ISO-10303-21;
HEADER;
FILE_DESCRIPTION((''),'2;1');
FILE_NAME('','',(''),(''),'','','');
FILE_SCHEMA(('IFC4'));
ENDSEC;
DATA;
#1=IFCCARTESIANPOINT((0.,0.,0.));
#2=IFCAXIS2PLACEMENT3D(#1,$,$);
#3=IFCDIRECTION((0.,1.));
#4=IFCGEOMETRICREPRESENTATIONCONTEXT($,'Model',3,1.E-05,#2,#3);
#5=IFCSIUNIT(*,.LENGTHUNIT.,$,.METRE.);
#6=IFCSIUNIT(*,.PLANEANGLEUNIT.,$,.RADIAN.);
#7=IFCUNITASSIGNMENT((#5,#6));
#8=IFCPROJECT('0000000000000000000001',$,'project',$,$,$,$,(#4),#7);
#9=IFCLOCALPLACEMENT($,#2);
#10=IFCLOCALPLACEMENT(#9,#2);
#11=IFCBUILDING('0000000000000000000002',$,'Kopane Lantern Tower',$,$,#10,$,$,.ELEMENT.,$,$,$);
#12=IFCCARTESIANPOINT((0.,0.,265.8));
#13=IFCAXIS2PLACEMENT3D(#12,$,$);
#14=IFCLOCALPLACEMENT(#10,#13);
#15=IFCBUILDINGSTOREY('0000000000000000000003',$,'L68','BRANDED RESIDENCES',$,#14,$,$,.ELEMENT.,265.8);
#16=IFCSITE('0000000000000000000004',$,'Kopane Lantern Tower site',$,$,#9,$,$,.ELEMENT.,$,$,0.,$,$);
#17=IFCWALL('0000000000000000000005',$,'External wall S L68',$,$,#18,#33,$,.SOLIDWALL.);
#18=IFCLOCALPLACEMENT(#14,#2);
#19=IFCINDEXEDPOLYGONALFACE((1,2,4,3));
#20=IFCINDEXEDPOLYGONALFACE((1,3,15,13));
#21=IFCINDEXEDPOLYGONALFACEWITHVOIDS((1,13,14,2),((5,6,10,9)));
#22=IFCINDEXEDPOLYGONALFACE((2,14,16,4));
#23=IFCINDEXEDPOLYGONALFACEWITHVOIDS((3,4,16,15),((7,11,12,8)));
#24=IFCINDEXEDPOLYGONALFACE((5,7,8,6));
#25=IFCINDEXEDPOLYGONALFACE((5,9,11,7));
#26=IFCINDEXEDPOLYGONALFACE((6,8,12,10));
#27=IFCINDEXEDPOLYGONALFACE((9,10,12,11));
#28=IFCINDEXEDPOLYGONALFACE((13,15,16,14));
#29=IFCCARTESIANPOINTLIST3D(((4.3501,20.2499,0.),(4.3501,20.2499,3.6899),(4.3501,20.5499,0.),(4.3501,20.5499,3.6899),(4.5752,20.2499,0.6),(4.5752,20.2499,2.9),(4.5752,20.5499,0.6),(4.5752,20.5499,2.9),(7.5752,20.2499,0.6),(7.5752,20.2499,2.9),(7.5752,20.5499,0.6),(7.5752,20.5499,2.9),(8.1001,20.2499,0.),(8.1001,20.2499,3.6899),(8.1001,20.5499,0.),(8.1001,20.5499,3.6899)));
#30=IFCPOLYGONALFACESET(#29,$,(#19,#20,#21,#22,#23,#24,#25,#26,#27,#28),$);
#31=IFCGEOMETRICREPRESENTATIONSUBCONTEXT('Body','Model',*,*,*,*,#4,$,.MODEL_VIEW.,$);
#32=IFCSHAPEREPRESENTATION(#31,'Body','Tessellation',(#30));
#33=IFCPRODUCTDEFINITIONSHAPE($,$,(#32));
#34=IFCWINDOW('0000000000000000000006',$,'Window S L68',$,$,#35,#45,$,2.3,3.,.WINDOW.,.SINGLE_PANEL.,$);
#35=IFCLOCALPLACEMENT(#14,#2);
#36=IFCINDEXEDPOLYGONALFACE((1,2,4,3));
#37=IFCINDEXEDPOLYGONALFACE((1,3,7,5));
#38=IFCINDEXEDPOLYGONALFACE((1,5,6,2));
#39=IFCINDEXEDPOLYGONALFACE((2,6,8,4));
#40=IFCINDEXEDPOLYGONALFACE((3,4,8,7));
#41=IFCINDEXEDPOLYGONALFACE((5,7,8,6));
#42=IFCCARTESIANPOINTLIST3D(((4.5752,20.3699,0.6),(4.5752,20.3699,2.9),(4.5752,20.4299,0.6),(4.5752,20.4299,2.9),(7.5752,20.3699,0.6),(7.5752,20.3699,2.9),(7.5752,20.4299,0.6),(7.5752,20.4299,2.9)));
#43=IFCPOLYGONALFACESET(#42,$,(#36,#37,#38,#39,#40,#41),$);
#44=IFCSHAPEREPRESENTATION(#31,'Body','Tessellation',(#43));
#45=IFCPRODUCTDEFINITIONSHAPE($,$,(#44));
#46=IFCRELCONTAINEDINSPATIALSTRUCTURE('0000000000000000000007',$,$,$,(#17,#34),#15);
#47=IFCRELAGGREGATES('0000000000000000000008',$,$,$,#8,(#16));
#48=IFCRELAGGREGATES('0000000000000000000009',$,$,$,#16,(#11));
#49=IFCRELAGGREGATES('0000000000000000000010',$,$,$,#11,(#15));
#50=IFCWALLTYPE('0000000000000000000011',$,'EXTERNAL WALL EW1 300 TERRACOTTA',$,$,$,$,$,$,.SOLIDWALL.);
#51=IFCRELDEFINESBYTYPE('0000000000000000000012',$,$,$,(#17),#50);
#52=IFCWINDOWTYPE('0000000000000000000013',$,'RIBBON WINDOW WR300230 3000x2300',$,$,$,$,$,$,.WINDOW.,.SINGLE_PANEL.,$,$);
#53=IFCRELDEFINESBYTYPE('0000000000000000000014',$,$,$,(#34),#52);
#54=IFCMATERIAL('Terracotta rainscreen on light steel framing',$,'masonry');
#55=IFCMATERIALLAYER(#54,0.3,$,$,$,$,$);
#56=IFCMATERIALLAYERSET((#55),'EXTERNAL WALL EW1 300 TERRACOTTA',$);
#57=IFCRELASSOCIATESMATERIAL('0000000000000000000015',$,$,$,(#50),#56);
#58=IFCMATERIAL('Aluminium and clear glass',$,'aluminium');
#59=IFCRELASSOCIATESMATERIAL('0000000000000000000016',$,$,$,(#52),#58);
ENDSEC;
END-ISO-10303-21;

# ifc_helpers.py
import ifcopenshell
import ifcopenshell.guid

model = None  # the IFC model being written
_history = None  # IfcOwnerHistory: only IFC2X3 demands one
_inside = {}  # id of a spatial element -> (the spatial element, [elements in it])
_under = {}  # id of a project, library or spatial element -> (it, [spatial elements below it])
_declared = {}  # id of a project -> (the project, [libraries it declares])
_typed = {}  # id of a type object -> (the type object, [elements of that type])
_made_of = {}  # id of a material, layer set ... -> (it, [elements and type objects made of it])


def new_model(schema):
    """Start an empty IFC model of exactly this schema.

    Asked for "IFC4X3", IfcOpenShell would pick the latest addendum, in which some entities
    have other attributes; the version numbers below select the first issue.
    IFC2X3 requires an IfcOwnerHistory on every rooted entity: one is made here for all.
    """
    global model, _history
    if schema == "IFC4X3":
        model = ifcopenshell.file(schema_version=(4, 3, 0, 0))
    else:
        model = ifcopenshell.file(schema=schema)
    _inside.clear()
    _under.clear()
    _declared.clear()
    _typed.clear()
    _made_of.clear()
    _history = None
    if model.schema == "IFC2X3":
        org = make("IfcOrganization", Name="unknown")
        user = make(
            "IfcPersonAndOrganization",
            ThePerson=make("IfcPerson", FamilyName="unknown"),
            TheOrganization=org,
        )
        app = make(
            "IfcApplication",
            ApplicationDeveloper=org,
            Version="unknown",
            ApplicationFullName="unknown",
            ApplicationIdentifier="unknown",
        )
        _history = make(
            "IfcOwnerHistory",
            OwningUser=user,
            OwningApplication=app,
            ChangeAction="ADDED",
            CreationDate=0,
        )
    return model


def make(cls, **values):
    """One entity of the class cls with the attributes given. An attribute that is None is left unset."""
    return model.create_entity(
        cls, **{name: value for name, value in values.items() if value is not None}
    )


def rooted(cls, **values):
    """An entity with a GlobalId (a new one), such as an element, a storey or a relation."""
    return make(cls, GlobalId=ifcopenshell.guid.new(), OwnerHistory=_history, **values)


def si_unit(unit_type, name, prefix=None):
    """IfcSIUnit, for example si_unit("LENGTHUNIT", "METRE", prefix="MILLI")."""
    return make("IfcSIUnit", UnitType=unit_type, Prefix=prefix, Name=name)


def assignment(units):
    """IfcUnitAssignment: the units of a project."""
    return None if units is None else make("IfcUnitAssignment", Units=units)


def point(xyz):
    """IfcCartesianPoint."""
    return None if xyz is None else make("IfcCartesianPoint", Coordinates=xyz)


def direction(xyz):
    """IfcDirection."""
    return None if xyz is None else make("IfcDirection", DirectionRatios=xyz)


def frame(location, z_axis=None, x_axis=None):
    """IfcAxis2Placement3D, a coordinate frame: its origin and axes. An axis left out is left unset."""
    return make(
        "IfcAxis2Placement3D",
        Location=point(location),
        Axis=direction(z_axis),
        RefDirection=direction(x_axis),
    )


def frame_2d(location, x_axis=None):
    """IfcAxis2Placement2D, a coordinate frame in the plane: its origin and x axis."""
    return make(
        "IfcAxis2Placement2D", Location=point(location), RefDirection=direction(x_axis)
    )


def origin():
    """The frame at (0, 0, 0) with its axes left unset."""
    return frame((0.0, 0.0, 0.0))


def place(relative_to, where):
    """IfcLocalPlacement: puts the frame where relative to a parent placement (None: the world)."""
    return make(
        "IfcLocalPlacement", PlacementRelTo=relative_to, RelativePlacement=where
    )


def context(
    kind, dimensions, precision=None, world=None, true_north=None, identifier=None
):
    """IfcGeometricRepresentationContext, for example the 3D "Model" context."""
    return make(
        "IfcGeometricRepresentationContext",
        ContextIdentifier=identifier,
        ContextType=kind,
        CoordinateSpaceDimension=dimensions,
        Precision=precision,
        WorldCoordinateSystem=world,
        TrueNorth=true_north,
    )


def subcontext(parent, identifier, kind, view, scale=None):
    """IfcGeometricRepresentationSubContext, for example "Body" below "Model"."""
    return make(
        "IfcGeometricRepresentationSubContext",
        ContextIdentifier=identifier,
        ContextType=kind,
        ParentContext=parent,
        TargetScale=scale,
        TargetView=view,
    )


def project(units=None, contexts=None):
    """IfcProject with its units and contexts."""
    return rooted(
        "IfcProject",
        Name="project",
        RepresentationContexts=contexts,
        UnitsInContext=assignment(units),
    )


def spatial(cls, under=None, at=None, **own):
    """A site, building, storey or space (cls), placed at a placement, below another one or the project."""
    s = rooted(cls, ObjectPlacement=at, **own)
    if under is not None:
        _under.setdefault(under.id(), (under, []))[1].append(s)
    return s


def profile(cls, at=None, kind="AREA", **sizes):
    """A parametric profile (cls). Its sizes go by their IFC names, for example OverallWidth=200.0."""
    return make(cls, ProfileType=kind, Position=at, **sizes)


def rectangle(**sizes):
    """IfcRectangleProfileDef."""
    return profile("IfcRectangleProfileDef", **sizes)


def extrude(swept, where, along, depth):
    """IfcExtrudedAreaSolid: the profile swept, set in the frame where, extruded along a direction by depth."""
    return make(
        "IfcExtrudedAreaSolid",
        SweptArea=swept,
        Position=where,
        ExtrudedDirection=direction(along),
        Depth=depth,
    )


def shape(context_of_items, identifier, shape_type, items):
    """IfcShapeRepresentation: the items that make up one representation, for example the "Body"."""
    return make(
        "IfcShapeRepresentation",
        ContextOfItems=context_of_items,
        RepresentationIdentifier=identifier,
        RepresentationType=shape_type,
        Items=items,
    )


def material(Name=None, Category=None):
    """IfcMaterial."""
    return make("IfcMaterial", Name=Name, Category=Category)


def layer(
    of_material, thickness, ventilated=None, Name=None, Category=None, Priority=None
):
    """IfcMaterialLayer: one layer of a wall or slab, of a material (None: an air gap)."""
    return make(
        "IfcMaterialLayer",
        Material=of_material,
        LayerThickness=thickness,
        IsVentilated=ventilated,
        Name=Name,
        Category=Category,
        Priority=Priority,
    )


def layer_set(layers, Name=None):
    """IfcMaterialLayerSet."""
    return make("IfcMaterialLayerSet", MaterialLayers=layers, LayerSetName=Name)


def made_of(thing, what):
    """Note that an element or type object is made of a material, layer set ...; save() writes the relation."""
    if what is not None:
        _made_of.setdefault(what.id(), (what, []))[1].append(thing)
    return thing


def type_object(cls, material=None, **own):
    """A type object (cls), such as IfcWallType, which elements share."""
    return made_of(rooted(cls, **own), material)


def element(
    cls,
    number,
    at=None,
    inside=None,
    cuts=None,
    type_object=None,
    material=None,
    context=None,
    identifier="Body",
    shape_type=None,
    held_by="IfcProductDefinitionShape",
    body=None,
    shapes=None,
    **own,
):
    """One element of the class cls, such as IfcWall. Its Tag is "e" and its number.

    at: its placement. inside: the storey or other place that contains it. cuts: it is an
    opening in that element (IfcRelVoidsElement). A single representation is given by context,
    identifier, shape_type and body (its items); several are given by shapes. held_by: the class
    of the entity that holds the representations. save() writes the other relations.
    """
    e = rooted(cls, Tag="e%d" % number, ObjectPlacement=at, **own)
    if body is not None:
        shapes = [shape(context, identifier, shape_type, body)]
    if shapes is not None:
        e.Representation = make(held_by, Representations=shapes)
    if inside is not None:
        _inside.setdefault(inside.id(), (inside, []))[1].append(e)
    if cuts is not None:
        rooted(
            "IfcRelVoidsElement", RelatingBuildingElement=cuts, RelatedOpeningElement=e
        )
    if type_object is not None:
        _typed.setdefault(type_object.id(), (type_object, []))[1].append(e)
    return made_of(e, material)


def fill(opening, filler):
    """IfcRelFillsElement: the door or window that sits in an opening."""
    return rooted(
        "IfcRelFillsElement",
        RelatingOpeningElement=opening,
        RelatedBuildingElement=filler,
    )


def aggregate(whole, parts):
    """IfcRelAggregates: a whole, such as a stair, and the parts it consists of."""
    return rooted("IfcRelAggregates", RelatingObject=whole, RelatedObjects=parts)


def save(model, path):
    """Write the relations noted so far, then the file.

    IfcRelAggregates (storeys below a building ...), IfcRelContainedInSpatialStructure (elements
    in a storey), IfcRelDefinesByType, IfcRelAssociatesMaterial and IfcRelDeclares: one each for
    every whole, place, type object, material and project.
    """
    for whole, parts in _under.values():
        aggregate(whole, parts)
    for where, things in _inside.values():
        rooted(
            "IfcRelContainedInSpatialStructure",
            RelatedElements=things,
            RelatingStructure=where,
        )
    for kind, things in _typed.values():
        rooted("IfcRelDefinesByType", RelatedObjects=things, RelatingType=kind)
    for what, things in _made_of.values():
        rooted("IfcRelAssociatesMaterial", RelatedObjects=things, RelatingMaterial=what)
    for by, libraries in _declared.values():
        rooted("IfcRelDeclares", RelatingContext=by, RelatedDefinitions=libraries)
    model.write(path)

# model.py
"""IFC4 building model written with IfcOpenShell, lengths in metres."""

from ifc_helpers import new_model, si_unit, direction, frame, frame_2d, origin, place, context, subcontext, project, spatial, rectangle, extrude, material, layer, layer_set, type_object, element, fill, save


model = new_model("IFC4")

# Units and contexts
model_context = context("Model", 3, precision=1e-05, world=origin(), true_north=direction((0.0, 1.0)))
body_context = subcontext(model_context, "Body", "Model", "MODEL_VIEW")
ifc_project = project(units=[si_unit("LENGTHUNIT", "METRE"), si_unit("PLANEANGLEUNIT", "RADIAN")], contexts=[model_context])

# Site, building, storey
site_placement = place(None, origin())
site = spatial("IfcSite", under=ifc_project, at=site_placement, Name="Kopane Lantern Tower site", CompositionType="ELEMENT", RefElevation=0.0)
building_placement = place(site_placement, origin())
building = spatial("IfcBuilding", under=site, at=building_placement, Name="Kopane Lantern Tower", CompositionType="ELEMENT")
storey_placement = place(building_placement, frame((0.0, 0.0, 265.8)))
storey = spatial("IfcBuildingStorey", under=building, at=storey_placement, Name="L68", Description="BRANDED RESIDENCES", CompositionType="ELEMENT", Elevation=265.8)

# Wall, opening, window
ifc_material_1 = material(Name="Terracotta rainscreen on light steel framing", Category="masonry")
ifc_layer_1 = layer(ifc_material_1, 0.3)
ifc_layer_set_1 = layer_set([ifc_layer_1], Name="EXTERNAL WALL EW1 300 TERRACOTTA")
wall_type_1 = type_object("IfcWallType", Name="EXTERNAL WALL EW1 300 TERRACOTTA", PredefinedType="SOLIDWALL", material=ifc_layer_set_1)
wall_1_placement = place(storey_placement, frame((4.3501, 20.3999, 0.0), z_axis=(0.0, 0.0, 1.0), x_axis=(1.0, 0.0, 0.0)))
wall_1 = element("IfcWall", 1, at=wall_1_placement, inside=storey, type_object=wall_type_1, Name="External wall S L68", PredefinedType="SOLIDWALL", context=body_context, shape_type="SweptSolid", body=[
    extrude(rectangle(XDim=3.75, YDim=0.3, at=frame_2d((1.875, 0.0))), origin(), (0.0, 0.0, 1.0), 3.6899),
])
opening_1_placement = place(wall_1_placement, frame((0.2251, 0.0, 0.6001)))
opening_1 = element("IfcOpeningElement", 2, at=opening_1_placement, cuts=wall_1, PredefinedType="OPENING", context=body_context, shape_type="SweptSolid", body=[
    extrude(rectangle(XDim=3.0, YDim=2.3, at=frame_2d((1.5, 1.1499))), frame((0.0, 0.1599, 0.0), z_axis=(0.0, -1.0, 0.0), x_axis=(1.0, 0.0, 0.0)), (0.0, 0.0, 1.0), 0.3201),
])
ifc_material_2 = material(Name="Aluminium and clear glass", Category="aluminium")
window_type = type_object("IfcWindowType", Name="RIBBON WINDOW WR300230 3000x2300", PartitioningType="SINGLE_PANEL", PredefinedType="WINDOW", material=ifc_material_2)
window_placement = place(opening_1_placement, origin())
window = element("IfcWindow", 3, at=window_placement, inside=storey, type_object=window_type, Name="Window S L68", OverallHeight=2.3, OverallWidth=3.0, PartitioningType="SINGLE_PANEL", PredefinedType="WINDOW", context=body_context, shape_type="SweptSolid", body=[
    extrude(rectangle(XDim=3.0, YDim=2.3, at=frame_2d((1.5, 1.1499))), frame((0.0, 0.03, 0.0), z_axis=(0.0, -1.0, 0.0), x_axis=(1.0, 0.0, 0.0)), (0.0, 0.0, 1.0), 0.0601),
])
fill(opening_1, window)

save(model, "model.ifc")
